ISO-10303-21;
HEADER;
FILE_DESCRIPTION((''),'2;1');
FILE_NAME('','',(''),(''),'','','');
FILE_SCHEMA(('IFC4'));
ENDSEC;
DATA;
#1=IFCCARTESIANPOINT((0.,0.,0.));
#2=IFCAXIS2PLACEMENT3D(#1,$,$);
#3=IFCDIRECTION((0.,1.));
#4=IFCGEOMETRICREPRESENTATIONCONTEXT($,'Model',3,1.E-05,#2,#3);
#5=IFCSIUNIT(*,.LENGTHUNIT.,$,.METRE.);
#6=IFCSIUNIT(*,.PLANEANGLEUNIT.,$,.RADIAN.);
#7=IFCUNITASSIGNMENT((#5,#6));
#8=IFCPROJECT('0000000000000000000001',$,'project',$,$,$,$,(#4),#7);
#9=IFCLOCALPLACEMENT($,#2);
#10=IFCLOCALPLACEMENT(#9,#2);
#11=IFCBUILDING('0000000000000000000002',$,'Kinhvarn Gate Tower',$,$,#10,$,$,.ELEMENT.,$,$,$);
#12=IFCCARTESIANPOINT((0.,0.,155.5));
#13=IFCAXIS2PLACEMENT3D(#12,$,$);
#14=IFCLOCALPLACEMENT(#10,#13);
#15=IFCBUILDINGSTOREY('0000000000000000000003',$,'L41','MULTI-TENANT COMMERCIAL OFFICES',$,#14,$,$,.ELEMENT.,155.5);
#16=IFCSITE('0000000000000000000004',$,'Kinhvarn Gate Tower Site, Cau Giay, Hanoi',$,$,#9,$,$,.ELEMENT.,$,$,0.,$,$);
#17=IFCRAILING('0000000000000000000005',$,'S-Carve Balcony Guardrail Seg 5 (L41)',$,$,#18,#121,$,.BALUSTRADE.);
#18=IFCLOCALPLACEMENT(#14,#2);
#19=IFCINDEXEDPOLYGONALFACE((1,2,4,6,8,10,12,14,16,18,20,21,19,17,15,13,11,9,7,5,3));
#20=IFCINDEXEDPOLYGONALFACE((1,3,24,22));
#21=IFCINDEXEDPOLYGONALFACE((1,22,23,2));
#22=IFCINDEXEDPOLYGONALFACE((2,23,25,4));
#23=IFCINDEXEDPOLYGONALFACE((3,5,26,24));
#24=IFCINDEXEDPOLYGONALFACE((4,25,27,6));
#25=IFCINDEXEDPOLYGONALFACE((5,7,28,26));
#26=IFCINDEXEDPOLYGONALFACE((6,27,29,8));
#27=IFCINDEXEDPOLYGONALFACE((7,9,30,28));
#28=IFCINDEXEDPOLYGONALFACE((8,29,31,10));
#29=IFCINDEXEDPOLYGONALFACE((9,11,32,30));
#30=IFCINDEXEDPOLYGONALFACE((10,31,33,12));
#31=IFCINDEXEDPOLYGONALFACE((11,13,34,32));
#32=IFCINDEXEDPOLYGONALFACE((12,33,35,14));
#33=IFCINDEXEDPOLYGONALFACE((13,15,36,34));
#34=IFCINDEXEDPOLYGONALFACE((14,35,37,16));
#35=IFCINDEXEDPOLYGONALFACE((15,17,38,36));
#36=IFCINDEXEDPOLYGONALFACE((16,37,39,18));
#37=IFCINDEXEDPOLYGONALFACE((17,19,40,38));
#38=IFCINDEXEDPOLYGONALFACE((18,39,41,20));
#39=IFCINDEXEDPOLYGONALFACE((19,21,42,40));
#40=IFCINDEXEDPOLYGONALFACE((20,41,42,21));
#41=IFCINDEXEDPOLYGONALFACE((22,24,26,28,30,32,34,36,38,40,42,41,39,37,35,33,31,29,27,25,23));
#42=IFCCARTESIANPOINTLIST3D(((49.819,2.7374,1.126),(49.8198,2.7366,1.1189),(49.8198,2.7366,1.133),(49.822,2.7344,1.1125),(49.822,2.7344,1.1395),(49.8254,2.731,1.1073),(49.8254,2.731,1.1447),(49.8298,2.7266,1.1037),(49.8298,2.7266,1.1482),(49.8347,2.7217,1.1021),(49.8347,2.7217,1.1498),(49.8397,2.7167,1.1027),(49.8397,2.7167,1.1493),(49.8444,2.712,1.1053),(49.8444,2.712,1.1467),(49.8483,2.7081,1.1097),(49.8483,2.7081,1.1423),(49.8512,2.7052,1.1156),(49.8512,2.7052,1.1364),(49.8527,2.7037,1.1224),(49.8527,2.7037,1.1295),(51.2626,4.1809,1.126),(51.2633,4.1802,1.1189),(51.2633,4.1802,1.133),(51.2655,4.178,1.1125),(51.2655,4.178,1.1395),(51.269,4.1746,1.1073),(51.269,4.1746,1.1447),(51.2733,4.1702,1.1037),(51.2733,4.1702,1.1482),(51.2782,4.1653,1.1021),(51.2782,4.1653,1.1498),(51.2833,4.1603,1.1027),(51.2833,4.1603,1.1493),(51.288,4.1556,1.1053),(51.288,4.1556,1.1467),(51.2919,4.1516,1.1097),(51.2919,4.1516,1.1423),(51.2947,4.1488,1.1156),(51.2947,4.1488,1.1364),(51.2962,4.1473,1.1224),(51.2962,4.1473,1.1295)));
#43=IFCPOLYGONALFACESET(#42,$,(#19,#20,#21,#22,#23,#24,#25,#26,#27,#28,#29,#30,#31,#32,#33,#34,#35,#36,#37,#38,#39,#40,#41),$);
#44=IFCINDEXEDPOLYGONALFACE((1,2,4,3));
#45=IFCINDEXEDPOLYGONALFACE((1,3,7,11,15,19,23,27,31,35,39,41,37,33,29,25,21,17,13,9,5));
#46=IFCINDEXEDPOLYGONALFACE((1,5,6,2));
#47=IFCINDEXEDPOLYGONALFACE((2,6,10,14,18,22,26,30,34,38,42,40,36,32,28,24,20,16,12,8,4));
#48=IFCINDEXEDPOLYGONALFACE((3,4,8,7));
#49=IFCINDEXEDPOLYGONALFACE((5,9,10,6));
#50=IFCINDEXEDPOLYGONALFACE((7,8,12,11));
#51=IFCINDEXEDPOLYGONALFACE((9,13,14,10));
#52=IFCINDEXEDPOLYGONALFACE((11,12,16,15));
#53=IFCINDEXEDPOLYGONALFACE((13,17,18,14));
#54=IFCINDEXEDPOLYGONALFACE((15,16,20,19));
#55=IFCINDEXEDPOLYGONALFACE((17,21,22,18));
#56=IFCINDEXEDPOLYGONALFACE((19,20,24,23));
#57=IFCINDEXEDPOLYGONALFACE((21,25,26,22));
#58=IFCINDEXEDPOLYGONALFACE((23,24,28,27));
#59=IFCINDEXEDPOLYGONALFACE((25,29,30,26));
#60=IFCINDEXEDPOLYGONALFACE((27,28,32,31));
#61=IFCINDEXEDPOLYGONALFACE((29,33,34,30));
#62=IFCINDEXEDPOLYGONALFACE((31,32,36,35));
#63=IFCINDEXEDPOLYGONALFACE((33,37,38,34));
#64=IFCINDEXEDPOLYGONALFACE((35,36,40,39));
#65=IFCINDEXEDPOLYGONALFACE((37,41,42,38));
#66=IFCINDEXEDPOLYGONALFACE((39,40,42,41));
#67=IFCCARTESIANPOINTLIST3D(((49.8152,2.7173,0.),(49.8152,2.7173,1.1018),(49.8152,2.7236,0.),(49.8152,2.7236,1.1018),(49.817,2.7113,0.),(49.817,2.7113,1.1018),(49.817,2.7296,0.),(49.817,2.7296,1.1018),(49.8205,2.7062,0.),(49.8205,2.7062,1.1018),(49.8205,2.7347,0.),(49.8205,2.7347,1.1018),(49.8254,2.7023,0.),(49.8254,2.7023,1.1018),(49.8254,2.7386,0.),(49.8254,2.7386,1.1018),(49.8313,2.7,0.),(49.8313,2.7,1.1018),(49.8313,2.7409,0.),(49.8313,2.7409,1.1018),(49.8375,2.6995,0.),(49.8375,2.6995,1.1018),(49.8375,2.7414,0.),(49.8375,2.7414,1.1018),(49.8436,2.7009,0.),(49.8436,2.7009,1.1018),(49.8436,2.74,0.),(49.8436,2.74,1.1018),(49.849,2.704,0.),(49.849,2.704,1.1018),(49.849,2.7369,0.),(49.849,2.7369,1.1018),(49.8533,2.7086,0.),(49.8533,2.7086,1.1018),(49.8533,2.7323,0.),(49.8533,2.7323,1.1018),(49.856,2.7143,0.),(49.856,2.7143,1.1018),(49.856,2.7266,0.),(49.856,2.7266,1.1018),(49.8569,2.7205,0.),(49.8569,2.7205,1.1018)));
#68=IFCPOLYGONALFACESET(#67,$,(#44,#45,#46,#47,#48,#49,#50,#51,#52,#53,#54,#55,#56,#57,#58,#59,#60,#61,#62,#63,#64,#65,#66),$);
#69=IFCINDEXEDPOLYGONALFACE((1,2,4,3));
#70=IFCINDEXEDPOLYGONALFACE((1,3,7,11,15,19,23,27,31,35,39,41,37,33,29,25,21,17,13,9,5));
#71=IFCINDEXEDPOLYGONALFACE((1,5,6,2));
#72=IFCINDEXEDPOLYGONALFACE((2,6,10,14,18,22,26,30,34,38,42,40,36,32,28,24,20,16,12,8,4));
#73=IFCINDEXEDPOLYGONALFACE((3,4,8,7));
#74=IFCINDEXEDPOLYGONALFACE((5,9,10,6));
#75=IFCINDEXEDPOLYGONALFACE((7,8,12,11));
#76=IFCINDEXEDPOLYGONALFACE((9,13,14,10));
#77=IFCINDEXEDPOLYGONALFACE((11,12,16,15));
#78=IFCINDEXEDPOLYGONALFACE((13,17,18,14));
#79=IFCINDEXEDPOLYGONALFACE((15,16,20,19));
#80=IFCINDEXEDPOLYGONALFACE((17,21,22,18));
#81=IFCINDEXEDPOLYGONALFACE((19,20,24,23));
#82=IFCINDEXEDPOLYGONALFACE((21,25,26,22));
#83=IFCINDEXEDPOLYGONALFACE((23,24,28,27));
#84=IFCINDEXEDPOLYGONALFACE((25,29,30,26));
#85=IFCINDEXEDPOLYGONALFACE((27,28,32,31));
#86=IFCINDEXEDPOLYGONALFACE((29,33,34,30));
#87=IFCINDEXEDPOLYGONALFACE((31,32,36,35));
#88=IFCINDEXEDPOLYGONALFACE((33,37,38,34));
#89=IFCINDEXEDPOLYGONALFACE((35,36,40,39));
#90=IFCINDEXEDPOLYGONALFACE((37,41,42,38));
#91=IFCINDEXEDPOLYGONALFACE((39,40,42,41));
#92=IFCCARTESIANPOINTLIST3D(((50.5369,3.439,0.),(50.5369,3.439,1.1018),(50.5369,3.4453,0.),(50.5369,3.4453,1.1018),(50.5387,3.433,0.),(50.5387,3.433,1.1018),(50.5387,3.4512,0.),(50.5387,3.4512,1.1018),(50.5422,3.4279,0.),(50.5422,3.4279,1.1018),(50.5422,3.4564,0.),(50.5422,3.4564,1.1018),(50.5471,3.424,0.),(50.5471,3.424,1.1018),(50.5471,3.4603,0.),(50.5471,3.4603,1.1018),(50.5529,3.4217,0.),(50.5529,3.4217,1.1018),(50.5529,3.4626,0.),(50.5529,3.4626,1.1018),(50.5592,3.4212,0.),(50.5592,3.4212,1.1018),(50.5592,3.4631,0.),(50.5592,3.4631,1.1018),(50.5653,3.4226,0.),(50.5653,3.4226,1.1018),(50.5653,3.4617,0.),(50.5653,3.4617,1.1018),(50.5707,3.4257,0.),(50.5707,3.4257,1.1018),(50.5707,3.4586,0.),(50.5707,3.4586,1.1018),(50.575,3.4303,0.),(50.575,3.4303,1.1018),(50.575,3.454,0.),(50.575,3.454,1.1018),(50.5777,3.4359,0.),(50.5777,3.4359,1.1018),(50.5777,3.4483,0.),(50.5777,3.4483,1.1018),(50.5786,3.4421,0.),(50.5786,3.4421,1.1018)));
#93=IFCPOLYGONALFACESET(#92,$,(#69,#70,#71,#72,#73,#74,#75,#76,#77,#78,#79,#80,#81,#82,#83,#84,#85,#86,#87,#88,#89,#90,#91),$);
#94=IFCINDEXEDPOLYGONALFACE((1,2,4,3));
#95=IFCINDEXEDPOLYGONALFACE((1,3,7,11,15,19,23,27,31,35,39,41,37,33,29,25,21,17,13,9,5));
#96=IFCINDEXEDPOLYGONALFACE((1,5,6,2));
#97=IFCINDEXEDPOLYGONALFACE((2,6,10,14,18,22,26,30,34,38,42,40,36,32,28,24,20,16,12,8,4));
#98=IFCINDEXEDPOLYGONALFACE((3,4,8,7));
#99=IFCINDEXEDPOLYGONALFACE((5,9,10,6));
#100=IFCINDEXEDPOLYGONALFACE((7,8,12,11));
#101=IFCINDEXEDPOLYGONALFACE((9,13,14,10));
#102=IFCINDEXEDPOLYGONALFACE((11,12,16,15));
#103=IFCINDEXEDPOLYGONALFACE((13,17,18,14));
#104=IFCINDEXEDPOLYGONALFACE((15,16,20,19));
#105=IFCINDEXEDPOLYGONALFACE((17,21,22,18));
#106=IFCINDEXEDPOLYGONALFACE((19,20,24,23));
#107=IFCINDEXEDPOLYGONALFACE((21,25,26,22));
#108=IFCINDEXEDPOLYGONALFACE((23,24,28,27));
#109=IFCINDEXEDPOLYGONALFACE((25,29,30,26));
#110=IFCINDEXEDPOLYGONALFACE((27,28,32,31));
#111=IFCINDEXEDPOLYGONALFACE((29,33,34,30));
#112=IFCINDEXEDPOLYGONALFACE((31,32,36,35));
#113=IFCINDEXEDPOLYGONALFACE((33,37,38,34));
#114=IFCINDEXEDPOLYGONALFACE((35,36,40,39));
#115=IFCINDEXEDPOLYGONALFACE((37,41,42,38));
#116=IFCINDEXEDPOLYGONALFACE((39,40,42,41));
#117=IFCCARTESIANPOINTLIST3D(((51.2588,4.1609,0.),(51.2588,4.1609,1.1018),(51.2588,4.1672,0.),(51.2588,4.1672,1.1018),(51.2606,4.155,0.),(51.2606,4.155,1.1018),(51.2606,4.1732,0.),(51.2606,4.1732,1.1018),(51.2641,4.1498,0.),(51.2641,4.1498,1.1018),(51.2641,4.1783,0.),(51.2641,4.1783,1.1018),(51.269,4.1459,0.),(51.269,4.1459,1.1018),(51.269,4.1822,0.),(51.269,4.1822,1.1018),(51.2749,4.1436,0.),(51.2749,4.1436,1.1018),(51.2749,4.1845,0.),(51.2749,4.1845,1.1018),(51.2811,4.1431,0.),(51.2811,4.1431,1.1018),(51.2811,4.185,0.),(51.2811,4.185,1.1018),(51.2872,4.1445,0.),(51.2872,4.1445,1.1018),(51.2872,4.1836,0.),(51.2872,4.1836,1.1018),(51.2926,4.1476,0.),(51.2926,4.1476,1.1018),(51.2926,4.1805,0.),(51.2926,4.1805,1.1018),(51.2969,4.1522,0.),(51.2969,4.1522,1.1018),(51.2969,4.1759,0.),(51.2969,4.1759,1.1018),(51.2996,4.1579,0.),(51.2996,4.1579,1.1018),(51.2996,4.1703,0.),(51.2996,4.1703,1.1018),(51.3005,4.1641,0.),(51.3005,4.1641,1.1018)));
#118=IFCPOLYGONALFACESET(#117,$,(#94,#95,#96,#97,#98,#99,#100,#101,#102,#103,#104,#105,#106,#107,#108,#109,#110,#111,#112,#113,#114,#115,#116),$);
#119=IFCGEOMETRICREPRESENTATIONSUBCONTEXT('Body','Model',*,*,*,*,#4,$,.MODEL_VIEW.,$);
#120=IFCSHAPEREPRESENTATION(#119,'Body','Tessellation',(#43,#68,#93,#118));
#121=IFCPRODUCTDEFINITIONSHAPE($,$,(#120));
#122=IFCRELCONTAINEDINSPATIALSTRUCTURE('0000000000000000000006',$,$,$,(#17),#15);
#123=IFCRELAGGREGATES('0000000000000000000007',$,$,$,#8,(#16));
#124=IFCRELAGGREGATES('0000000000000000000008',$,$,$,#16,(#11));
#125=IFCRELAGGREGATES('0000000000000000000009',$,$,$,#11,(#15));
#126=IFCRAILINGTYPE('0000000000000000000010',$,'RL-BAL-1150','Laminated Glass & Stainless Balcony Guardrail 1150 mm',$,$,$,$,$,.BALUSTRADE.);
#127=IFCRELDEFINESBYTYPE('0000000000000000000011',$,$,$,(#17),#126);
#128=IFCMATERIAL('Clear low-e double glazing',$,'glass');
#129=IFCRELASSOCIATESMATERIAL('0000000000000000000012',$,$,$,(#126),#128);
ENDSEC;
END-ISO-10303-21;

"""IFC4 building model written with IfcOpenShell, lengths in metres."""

from ifc_helpers import new_model, si_unit, direction, frame, origin, origin_2d, place, context, subcontext, project, spatial, circle, extrude, material, type_object, element, save


model = new_model("IFC4")

# Units and contexts
model_context = context("Model", 3, precision=1e-05, world=origin(), true_north=direction((0.0, 1.0)))
body_context = subcontext(model_context, "Body", "Model", "MODEL_VIEW")
ifc_project = project(units=[si_unit("LENGTHUNIT", "METRE"), si_unit("PLANEANGLEUNIT", "RADIAN")], contexts=[model_context])

# Site, building, storey
site_placement = place(None, origin())
site = spatial("IfcSite", under=ifc_project, at=site_placement, Name="Kinhvarn Gate Tower Site, Cau Giay, Hanoi", CompositionType="ELEMENT", RefElevation=0.0)
building_placement = place(site_placement, origin())
building = spatial("IfcBuilding", under=site, at=building_placement, Name="Kinhvarn Gate Tower", CompositionType="ELEMENT")
storey_placement = place(building_placement, frame((0.0, 0.0, 155.5)))
storey = spatial("IfcBuildingStorey", under=building, at=storey_placement, Name="L41", Description="MULTI-TENANT COMMERCIAL OFFICES", CompositionType="ELEMENT", Elevation=155.5)

# Shared definitions
ifc_material_1 = material(Name="Clear low-e double glazing", Category="glass")

# Railing
railing_type = type_object("IfcRailingType", Name="RL-BAL-1150", Description="Laminated Glass & Stainless Balcony Guardrail 1150 mm", PredefinedType="BALUSTRADE", material=ifc_material_1)
railing_1_placement = place(storey_placement, frame((49.8359, 2.7205, 0.0)))
element("IfcRailing", 1, at=railing_1_placement, inside=storey, type_object=railing_type, Name="S-Carve Balcony Guardrail Seg 5 (L41)", PredefinedType="BALUSTRADE", context=body_context, shape_type="SweptSolid", body=[
    extrude(circle(Radius=0.0239, at=origin_2d()), frame((0.0, 0.0, 1.126), z_axis=(0.707107, 0.707107, 0.0), x_axis=(-0.707107, 0.707107, 0.0)), (0.0, 0.0, 1.0), 2.0415),
    extrude(circle(Radius=0.021, at=origin_2d()), origin(), (0.0, 0.0, 1.0), 1.1018),
    extrude(circle(Radius=0.021, at=origin_2d()), frame((0.7217, 0.7217, 0.0)), (0.0, 0.0, 1.0), 1.1018),
    extrude(circle(Radius=0.021, at=origin_2d()), frame((1.4436, 1.4436, 0.0)), (0.0, 0.0, 1.0), 1.1018),
])

save(model, "model.ifc")
